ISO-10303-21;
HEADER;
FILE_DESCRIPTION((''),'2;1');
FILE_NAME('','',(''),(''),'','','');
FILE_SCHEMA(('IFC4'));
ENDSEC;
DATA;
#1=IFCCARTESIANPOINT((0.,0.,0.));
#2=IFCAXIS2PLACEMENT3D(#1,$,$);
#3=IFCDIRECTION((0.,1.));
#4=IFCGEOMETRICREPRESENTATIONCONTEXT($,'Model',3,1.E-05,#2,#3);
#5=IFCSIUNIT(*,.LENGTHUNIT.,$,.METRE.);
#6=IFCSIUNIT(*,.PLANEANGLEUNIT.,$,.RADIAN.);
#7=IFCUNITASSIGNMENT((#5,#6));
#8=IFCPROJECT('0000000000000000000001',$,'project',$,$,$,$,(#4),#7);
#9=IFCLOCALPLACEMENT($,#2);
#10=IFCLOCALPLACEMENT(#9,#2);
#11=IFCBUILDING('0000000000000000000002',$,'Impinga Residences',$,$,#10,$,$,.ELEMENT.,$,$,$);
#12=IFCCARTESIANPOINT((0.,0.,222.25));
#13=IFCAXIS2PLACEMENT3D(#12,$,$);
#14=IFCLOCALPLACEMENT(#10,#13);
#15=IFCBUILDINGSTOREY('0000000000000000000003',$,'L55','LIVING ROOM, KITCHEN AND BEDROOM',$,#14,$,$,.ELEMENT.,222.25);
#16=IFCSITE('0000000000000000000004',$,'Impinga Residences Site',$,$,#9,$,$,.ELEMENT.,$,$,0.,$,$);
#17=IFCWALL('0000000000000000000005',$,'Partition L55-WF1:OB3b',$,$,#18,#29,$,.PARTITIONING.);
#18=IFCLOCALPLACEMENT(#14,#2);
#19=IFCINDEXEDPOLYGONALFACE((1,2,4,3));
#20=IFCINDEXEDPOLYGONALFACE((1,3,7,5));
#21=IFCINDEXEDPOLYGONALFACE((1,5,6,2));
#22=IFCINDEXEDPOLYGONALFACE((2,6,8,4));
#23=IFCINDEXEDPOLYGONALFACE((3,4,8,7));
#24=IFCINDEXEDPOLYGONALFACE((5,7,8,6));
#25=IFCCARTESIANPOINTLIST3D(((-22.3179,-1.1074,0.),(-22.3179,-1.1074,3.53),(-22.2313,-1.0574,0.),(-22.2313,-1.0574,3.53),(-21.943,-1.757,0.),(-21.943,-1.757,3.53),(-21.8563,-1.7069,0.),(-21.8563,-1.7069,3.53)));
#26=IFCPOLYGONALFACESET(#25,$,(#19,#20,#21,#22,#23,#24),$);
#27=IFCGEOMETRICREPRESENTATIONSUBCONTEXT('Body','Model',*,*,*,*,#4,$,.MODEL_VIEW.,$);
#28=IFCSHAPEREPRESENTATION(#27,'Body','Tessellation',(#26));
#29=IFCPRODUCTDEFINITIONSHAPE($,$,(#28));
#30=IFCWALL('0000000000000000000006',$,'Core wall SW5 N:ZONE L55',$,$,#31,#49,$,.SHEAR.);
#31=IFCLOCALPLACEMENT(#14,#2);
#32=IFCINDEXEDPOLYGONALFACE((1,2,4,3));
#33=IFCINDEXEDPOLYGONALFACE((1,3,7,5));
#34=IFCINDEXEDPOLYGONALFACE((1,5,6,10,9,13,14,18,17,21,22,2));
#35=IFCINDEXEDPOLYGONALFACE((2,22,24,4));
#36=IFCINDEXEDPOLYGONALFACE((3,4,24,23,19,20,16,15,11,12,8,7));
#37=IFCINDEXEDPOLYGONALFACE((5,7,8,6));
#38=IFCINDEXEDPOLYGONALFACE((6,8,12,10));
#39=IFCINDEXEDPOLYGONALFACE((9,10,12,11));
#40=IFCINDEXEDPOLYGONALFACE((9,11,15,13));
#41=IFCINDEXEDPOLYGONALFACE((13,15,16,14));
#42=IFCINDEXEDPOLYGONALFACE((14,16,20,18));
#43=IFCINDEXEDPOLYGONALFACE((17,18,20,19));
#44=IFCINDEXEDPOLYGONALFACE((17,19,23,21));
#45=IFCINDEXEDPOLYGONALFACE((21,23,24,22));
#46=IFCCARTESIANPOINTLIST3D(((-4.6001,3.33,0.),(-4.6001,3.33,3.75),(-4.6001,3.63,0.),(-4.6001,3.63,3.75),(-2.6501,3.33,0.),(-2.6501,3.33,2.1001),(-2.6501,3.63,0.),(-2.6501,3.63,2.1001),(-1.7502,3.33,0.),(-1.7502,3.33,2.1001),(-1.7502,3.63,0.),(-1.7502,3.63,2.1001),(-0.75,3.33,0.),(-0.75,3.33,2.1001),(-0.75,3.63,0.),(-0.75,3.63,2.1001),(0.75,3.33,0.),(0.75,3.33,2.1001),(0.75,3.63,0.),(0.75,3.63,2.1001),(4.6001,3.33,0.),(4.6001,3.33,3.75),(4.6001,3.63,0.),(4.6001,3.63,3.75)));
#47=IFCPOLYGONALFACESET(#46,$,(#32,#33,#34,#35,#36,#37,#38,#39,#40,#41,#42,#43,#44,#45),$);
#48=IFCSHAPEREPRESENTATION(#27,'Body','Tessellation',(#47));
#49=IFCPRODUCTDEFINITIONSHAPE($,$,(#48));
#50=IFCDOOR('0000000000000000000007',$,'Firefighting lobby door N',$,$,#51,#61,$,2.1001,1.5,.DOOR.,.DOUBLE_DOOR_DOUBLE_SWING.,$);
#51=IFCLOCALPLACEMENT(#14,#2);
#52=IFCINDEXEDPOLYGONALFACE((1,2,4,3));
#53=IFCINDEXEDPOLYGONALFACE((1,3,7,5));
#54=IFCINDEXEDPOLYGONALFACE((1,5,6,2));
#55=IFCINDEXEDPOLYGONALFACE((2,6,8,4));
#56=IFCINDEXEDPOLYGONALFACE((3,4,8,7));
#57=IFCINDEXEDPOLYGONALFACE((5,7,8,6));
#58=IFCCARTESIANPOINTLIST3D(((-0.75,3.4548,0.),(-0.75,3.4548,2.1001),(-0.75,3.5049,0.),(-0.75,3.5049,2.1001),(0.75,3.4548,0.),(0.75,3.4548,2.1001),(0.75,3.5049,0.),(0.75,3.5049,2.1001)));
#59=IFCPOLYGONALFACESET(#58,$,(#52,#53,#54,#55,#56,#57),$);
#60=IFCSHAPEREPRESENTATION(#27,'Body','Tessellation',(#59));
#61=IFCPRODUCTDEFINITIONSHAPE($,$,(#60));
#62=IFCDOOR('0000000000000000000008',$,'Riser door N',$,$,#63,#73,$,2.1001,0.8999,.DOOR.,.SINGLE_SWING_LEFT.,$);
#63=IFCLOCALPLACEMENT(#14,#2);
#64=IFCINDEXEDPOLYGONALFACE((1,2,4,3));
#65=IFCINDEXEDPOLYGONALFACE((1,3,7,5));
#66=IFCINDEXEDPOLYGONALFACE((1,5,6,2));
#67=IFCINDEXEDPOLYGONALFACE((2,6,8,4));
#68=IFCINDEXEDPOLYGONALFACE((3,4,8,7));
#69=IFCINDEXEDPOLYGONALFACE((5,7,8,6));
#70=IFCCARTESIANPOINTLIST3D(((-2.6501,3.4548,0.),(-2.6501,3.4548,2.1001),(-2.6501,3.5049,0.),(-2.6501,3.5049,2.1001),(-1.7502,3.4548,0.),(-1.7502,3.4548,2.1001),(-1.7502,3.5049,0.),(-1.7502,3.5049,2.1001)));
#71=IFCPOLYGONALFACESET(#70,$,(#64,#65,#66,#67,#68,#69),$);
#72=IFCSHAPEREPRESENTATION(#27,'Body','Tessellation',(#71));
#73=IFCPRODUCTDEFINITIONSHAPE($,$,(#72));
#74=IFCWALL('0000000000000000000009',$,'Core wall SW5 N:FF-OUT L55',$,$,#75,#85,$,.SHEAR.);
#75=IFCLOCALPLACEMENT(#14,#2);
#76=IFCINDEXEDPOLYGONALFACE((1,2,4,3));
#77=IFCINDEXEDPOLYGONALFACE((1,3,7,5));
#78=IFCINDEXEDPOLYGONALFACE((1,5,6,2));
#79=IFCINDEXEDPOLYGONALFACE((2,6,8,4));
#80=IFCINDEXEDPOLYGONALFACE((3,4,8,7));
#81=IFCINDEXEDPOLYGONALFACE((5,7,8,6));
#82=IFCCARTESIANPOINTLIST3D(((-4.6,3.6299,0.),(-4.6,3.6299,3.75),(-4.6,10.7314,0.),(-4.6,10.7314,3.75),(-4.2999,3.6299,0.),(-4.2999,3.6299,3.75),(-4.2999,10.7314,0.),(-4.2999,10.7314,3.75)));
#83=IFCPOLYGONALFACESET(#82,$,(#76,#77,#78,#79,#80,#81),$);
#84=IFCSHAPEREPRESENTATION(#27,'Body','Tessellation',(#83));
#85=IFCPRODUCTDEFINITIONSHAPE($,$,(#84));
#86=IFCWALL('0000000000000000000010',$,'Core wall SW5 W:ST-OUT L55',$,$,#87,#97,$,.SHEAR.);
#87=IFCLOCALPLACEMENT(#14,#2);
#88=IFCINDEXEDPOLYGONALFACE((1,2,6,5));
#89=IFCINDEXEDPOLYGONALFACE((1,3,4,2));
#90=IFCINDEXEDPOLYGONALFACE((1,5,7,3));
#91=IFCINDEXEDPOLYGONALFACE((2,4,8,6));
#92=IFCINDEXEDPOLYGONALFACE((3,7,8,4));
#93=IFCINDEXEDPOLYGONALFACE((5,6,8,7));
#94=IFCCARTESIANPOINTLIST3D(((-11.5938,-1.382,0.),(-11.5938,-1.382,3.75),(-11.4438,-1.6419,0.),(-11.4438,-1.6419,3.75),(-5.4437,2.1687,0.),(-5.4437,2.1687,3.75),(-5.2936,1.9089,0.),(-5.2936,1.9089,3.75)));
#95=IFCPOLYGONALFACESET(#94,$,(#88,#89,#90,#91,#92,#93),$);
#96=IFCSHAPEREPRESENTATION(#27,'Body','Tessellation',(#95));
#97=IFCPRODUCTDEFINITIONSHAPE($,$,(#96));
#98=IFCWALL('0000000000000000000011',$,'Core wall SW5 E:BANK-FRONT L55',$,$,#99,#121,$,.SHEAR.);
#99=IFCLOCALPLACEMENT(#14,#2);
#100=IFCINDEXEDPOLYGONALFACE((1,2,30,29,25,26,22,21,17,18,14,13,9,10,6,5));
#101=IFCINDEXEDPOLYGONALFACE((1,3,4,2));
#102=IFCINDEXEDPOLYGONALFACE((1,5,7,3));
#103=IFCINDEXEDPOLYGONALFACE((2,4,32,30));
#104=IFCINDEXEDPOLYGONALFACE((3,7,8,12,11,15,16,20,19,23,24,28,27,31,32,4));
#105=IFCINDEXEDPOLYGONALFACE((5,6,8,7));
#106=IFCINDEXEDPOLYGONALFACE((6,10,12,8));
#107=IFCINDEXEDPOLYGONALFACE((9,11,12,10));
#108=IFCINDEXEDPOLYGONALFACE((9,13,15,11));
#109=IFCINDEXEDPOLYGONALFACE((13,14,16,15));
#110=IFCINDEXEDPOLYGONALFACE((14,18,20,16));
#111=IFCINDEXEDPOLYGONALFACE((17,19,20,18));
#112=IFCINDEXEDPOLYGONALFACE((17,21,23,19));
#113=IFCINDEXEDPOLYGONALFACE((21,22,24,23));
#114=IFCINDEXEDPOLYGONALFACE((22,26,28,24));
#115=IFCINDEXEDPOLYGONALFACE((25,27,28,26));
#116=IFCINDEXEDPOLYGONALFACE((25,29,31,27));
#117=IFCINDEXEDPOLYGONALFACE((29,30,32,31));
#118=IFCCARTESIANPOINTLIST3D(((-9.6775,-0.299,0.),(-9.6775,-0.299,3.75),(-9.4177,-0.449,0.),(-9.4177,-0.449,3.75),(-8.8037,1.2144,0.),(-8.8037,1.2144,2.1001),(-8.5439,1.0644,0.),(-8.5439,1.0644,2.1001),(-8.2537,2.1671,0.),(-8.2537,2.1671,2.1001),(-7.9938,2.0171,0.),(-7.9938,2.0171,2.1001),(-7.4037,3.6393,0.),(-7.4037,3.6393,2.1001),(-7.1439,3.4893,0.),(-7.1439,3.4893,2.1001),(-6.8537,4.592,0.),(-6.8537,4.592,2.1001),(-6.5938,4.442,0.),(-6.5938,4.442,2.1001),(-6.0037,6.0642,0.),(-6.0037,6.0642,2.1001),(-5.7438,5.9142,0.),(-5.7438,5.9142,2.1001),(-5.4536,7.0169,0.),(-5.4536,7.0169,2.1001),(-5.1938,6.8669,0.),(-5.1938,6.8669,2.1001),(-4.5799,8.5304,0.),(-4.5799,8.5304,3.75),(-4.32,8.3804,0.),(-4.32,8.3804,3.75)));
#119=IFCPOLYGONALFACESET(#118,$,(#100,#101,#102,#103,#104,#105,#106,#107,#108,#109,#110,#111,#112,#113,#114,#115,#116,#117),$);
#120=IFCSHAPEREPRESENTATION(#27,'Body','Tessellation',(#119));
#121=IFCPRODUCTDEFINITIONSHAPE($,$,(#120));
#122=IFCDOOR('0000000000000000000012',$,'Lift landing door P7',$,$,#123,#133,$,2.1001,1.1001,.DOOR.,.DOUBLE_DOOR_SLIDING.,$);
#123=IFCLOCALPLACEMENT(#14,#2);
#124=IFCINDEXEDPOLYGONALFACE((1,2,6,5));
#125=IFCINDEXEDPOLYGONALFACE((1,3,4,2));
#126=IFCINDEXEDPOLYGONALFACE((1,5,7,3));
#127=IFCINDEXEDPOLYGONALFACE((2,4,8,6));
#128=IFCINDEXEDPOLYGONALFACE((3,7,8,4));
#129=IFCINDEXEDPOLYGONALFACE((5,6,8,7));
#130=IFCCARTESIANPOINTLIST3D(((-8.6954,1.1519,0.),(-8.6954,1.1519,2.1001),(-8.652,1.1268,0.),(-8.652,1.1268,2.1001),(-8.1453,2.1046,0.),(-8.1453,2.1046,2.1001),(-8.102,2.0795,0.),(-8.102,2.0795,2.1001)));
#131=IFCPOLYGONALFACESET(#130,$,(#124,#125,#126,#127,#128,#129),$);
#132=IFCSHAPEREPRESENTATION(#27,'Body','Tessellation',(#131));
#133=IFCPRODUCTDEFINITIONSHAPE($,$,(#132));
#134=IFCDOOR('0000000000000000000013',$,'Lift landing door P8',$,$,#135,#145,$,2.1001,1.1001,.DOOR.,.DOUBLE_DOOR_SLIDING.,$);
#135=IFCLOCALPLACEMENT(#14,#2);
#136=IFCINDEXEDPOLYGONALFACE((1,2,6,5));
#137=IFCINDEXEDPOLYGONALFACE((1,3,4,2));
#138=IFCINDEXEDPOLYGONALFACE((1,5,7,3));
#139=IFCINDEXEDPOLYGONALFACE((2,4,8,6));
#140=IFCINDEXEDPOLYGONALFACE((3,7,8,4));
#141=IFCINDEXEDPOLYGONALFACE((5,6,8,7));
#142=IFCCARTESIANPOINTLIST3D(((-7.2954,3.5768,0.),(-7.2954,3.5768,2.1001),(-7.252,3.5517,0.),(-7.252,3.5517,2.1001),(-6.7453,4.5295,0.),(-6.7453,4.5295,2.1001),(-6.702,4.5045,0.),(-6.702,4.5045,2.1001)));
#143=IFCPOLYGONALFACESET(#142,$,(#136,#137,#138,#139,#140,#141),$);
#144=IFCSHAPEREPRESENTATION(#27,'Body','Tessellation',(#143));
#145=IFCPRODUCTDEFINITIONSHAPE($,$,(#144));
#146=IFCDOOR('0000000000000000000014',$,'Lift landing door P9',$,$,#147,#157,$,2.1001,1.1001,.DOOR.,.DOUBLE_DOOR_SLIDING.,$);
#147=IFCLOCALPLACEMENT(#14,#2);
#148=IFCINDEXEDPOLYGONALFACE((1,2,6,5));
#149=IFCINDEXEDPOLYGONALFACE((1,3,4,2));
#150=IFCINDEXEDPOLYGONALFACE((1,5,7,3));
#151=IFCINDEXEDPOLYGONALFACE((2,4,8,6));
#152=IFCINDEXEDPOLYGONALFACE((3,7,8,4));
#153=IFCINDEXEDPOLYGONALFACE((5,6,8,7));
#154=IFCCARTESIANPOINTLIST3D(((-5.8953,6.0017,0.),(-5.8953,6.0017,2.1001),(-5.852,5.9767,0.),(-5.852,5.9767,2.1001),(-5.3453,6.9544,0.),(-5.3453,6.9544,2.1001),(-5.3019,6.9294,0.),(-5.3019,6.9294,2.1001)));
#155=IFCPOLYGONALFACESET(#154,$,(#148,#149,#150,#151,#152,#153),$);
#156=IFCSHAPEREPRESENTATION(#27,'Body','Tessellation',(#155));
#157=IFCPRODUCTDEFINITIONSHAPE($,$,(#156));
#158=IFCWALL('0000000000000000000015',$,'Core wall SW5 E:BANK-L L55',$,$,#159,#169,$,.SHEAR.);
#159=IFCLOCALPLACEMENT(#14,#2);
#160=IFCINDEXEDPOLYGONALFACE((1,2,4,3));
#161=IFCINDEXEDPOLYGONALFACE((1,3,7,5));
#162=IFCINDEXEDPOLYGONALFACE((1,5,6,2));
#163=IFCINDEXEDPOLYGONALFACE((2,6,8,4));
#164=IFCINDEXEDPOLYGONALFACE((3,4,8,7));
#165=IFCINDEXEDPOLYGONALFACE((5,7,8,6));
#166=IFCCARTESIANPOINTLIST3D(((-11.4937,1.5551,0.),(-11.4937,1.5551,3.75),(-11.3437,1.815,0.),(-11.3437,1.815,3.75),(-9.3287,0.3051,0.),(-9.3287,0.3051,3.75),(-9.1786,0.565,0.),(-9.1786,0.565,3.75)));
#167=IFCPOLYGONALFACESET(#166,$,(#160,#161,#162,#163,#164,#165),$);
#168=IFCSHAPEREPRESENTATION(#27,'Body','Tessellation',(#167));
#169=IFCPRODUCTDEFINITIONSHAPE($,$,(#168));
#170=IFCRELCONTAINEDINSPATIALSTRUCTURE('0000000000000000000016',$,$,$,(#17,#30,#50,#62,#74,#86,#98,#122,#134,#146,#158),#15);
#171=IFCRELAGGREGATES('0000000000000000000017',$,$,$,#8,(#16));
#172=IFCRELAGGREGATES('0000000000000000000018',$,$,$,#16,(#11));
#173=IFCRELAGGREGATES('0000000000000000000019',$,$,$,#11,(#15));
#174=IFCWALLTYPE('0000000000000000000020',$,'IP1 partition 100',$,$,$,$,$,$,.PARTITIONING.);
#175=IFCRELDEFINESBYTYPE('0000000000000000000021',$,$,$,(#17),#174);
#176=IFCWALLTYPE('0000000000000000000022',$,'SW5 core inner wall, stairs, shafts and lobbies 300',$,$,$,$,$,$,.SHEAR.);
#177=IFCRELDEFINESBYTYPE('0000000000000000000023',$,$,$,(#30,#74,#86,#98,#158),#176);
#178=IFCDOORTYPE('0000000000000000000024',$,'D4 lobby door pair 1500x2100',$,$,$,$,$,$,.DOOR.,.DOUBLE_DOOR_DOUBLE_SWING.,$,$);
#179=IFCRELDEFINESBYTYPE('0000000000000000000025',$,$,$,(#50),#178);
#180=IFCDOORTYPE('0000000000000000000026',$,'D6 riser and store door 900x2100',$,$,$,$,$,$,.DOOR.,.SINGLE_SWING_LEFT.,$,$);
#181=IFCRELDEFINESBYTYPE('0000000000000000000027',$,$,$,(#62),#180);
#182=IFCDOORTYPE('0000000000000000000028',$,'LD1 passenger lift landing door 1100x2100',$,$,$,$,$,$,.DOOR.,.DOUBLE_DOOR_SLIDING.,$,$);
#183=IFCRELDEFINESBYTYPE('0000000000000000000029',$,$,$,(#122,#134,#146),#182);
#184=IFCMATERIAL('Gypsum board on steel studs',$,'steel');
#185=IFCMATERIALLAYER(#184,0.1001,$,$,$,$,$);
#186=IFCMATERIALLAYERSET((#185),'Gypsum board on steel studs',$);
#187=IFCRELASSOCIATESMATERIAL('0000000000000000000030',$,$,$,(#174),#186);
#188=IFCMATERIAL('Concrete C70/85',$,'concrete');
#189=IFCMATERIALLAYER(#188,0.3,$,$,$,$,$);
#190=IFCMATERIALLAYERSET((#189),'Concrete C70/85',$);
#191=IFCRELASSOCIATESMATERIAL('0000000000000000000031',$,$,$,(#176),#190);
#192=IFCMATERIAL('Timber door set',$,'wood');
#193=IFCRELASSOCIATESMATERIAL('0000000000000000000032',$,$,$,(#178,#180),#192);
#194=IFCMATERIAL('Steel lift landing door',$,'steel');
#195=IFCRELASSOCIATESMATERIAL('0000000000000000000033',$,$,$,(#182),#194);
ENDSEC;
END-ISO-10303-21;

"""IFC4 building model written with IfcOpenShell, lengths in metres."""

from ifc_helpers import new_model, si_unit, direction, frame, frame_2d, origin, place, context, subcontext, project, spatial, rectangle, extrude, material, layer, layer_set, type_object, element, fill, save


model = new_model("IFC4")

# Units and contexts
model_context = context("Model", 3, precision=1e-05, world=origin(), true_north=direction((0.0, 1.0)))
body_context = subcontext(model_context, "Body", "Model", "MODEL_VIEW")
ifc_project = project(units=[si_unit("LENGTHUNIT", "METRE"), si_unit("PLANEANGLEUNIT", "RADIAN")], contexts=[model_context])

# Site, building, storey
site_placement = place(None, origin())
site = spatial("IfcSite", under=ifc_project, at=site_placement, Name="Impinga Residences Site", CompositionType="ELEMENT", RefElevation=0.0)
building_placement = place(site_placement, origin())
building = spatial("IfcBuilding", under=site, at=building_placement, Name="Impinga Residences", CompositionType="ELEMENT")
storey_placement = place(building_placement, frame((0.0, 0.0, 222.25)))
storey = spatial("IfcBuildingStorey", under=building, at=storey_placement, Name="L55", Description="LIVING ROOM, KITCHEN AND BEDROOM", CompositionType="ELEMENT", Elevation=222.25)

# Shared definitions
ifc_material_1 = material(Name="Gypsum board on steel studs", Category="steel")
ifc_layer_1 = layer(ifc_material_1, 0.1001)
ifc_layer_set_1 = layer_set([ifc_layer_1], Name="Gypsum board on steel studs")
wall_type_1 = type_object("IfcWallType", Name="IP1 partition 100", PredefinedType="PARTITIONING", material=ifc_layer_set_1)

# Shared definitions
ifc_material_2 = material(Name="Timber door set", Category="wood")

# Wall
wall_1_placement = place(storey_placement, frame((-21.8997, -1.7319, 0.0), z_axis=(0.0, 0.0, 1.0), x_axis=(-0.49992, 0.866072, 0.0)))
element("IfcWall", 1, at=wall_1_placement, inside=storey, type_object=wall_type_1, Name="Partition L55-WF1:OB3b", PredefinedType="PARTITIONING", context=body_context, shape_type="SweptSolid", body=[
    extrude(rectangle(XDim=0.75, YDim=0.1001, at=frame_2d((0.375, 0.0))), origin(), (0.0, 0.0, 1.0), 3.53),
])

# Wall, openings, doors
ifc_material_3 = material(Name="Concrete C70/85", Category="concrete")
ifc_layer_2 = layer(ifc_material_3, 0.3)
ifc_layer_set_2 = layer_set([ifc_layer_2], Name="Concrete C70/85")
wall_type_2 = type_object("IfcWallType", Name="SW5 core inner wall, stairs, shafts and lobbies 300", PredefinedType="SHEAR", material=ifc_layer_set_2)
wall_2_placement = place(storey_placement, frame((-4.6001, 3.48, 0.0), z_axis=(0.0, 0.0, 1.0), x_axis=(1.0, 0.0, 0.0)))
wall_2 = element("IfcWall", 2, at=wall_2_placement, inside=storey, type_object=wall_type_2, Name="Core wall SW5 N:ZONE L55", PredefinedType="SHEAR", context=body_context, shape_type="SweptSolid", body=[
    extrude(rectangle(XDim=9.2002, YDim=0.3, at=frame_2d((4.6001, 0.0))), origin(), (0.0, 0.0, 1.0), 3.75),
])
opening_1_placement = place(wall_2_placement, frame((3.8501, 0.0, 0.0)))
opening_1 = element("IfcOpeningElement", 3, at=opening_1_placement, cuts=wall_2, PredefinedType="OPENING", context=body_context, shape_type="SweptSolid", body=[
    extrude(rectangle(XDim=1.5, YDim=2.1001, at=frame_2d((0.75, 1.05))), frame((0.0, 0.1599, 0.0), z_axis=(0.0, -1.0, 0.0), x_axis=(1.0, 0.0, 0.0)), (0.0, 0.0, 1.0), 0.3201),
])
opening_2_placement = place(wall_2_placement, frame((1.95, 0.0, 0.0)))
opening_2 = element("IfcOpeningElement", 4, at=opening_2_placement, cuts=wall_2, PredefinedType="OPENING", context=body_context, shape_type="SweptSolid", body=[
    extrude(rectangle(XDim=0.8999, YDim=2.1001, at=frame_2d((0.45, 1.05))), frame((0.0, 0.1599, 0.0), z_axis=(0.0, -1.0, 0.0), x_axis=(1.0, 0.0, 0.0)), (0.0, 0.0, 1.0), 0.3201),
])
door_type_1 = type_object("IfcDoorType", Name="D4 lobby door pair 1500x2100", OperationType="DOUBLE_DOOR_DOUBLE_SWING", PredefinedType="DOOR", material=ifc_material_2)
door_1_placement = place(opening_1_placement, origin())
door_1 = element("IfcDoor", 5, at=door_1_placement, inside=storey, type_object=door_type_1, Name="Firefighting lobby door N", OperationType="DOUBLE_DOOR_DOUBLE_SWING", OverallHeight=2.1001, OverallWidth=1.5, PredefinedType="DOOR", context=body_context, shape_type="SweptSolid", body=[
    extrude(rectangle(XDim=1.5, YDim=2.1001, at=frame_2d((0.75, 1.05))), frame((0.0, 0.0249, 0.0), z_axis=(0.0, -1.0, 0.0), x_axis=(1.0, 0.0, 0.0)), (0.0, 0.0, 1.0), 0.05),
])
fill(opening_1, door_1)
door_type_2 = type_object("IfcDoorType", Name="D6 riser and store door 900x2100", OperationType="SINGLE_SWING_LEFT", PredefinedType="DOOR", material=ifc_material_2)
door_2_placement = place(opening_2_placement, origin())
door_2 = element("IfcDoor", 6, at=door_2_placement, inside=storey, type_object=door_type_2, Name="Riser door N", OperationType="SINGLE_SWING_LEFT", OverallHeight=2.1001, OverallWidth=0.8999, PredefinedType="DOOR", context=body_context, shape_type="SweptSolid", body=[
    extrude(rectangle(XDim=0.8999, YDim=2.1001, at=frame_2d((0.45, 1.05))), frame((0.0, 0.0249, 0.0), z_axis=(0.0, -1.0, 0.0), x_axis=(1.0, 0.0, 0.0)), (0.0, 0.0, 1.0), 0.05),
])
fill(opening_2, door_2)

# Walls
for number, where, z_axis, x_axis, name in (
    (7, (-4.45, 3.6299, 0.0), (0.0, 0.0, 1.0), (0.0, 1.0, 0.0), "Core wall SW5 N:FF-OUT L55"),
    (8, (-5.3687, 2.0388, 0.0), (0.0, 0.0, 1.0), (-0.866026, -0.499999, 0.0), "Core wall SW5 W:ST-OUT L55"),
):
    element("IfcWall", number, at=place(storey_placement, frame(where, z_axis=z_axis, x_axis=x_axis)), inside=storey, type_object=wall_type_2, Name=name, PredefinedType="SHEAR", context=body_context, shape_type="SweptSolid", body=[
        extrude(rectangle(XDim=7.1016, YDim=0.3, at=frame_2d((3.5508, 0.0))), origin(), (0.0, 0.0, 1.0), 3.75),
    ])

# Wall, openings, doors
wall_3_placement = place(storey_placement, frame((-9.5476, -0.374, 0.0), z_axis=(0.0, 0.0, 1.0), x_axis=(0.500002, 0.866024, 0.0)))
wall_3 = element("IfcWall", 9, at=wall_3_placement, inside=storey, type_object=wall_type_2, Name="Core wall SW5 E:BANK-FRONT L55", PredefinedType="SHEAR", context=body_context, shape_type="SweptSolid", body=[
    extrude(rectangle(XDim=10.1953, YDim=0.3, at=frame_2d((5.0977, 0.0))), origin(), (0.0, 0.0, 1.0), 3.75),
])
opening_3_placement = place(wall_3_placement, frame((1.7476, 0.0, 0.0)))
opening_3 = element("IfcOpeningElement", 10, at=opening_3_placement, cuts=wall_3, PredefinedType="OPENING", context=body_context, shape_type="SweptSolid", body=[
    extrude(rectangle(XDim=1.1001, YDim=2.1001, at=frame_2d((0.55, 1.05))), frame((0.0, 0.1599, 0.0), z_axis=(0.0, -1.0, 0.0), x_axis=(1.0, 0.0, 0.0)), (0.0, 0.0, 1.0), 0.3201),
])
opening_4_placement = place(wall_3_placement, frame((4.5476, 0.0, 0.0)))
opening_4 = element("IfcOpeningElement", 11, at=opening_4_placement, cuts=wall_3, PredefinedType="OPENING", context=body_context, shape_type="SweptSolid", body=[
    extrude(rectangle(XDim=1.1001, YDim=2.1001, at=frame_2d((0.55, 1.05))), frame((0.0, 0.1599, 0.0), z_axis=(0.0, -1.0, 0.0), x_axis=(1.0, 0.0, 0.0)), (0.0, 0.0, 1.0), 0.3201),
])
opening_5_placement = place(wall_3_placement, frame((7.3477, 0.0, 0.0)))
opening_5 = element("IfcOpeningElement", 12, at=opening_5_placement, cuts=wall_3, PredefinedType="OPENING", context=body_context, shape_type="SweptSolid", body=[
    extrude(rectangle(XDim=1.1001, YDim=2.1001, at=frame_2d((0.55, 1.05))), frame((0.0, 0.1599, 0.0), z_axis=(0.0, -1.0, 0.0), x_axis=(1.0, 0.0, 0.0)), (0.0, 0.0, 1.0), 0.3201),
])
ifc_material_4 = material(Name="Steel lift landing door", Category="steel")
door_type_3 = type_object("IfcDoorType", Name="LD1 passenger lift landing door 1100x2100", OperationType="DOUBLE_DOOR_SLIDING", PredefinedType="DOOR", material=ifc_material_4)
door_3_placement = place(opening_3_placement, origin())
door_3 = element("IfcDoor", 13, at=door_3_placement, inside=storey, type_object=door_type_3, Name="Lift landing door P7", OperationType="DOUBLE_DOOR_SLIDING", OverallHeight=2.1001, OverallWidth=1.1001, PredefinedType="DOOR", context=body_context, shape_type="SweptSolid", body=[
    extrude(rectangle(XDim=1.1001, YDim=2.1001, at=frame_2d((0.55, 1.05))), frame((0.0, 0.0249, 0.0), z_axis=(0.0, -1.0, 0.0), x_axis=(1.0, 0.0, 0.0)), (0.0, 0.0, 1.0), 0.05),
])
fill(opening_3, door_3)
door_4_placement = place(opening_4_placement, origin())
door_4 = element("IfcDoor", 14, at=door_4_placement, inside=storey, type_object=door_type_3, Name="Lift landing door P8", OperationType="DOUBLE_DOOR_SLIDING", OverallHeight=2.1001, OverallWidth=1.1001, PredefinedType="DOOR", context=body_context, shape_type="SweptSolid", body=[
    extrude(rectangle(XDim=1.1001, YDim=2.1001, at=frame_2d((0.55, 1.05))), frame((0.0, 0.0249, 0.0), z_axis=(0.0, -1.0, 0.0), x_axis=(1.0, 0.0, 0.0)), (0.0, 0.0, 1.0), 0.05),
])
fill(opening_4, door_4)
door_5_placement = place(opening_5_placement, origin())
door_5 = element("IfcDoor", 15, at=door_5_placement, inside=storey, type_object=door_type_3, Name="Lift landing door P9", OperationType="DOUBLE_DOOR_SLIDING", OverallHeight=2.1001, OverallWidth=1.1001, PredefinedType="DOOR", context=body_context, shape_type="SweptSolid", body=[
    extrude(rectangle(XDim=1.1001, YDim=2.1001, at=frame_2d((0.55, 1.05))), frame((0.0, 0.0249, 0.0), z_axis=(0.0, -1.0, 0.0), x_axis=(1.0, 0.0, 0.0)), (0.0, 0.0, 1.0), 0.05),
])
fill(opening_5, door_5)

# Wall
wall_4_placement = place(storey_placement, frame((-9.2537, 0.4351, 0.0), z_axis=(0.0, 0.0, 1.0), x_axis=(-0.866023, 0.500004, 0.0)))
element("IfcWall", 16, at=wall_4_placement, inside=storey, type_object=wall_type_2, Name="Core wall SW5 E:BANK-L L55", PredefinedType="SHEAR", context=body_context, shape_type="SweptSolid", body=[
    extrude(rectangle(XDim=2.5, YDim=0.3, at=frame_2d((1.25, 0.0))), origin(), (0.0, 0.0, 1.0), 3.75),
])

save(model, "model.ifc")
